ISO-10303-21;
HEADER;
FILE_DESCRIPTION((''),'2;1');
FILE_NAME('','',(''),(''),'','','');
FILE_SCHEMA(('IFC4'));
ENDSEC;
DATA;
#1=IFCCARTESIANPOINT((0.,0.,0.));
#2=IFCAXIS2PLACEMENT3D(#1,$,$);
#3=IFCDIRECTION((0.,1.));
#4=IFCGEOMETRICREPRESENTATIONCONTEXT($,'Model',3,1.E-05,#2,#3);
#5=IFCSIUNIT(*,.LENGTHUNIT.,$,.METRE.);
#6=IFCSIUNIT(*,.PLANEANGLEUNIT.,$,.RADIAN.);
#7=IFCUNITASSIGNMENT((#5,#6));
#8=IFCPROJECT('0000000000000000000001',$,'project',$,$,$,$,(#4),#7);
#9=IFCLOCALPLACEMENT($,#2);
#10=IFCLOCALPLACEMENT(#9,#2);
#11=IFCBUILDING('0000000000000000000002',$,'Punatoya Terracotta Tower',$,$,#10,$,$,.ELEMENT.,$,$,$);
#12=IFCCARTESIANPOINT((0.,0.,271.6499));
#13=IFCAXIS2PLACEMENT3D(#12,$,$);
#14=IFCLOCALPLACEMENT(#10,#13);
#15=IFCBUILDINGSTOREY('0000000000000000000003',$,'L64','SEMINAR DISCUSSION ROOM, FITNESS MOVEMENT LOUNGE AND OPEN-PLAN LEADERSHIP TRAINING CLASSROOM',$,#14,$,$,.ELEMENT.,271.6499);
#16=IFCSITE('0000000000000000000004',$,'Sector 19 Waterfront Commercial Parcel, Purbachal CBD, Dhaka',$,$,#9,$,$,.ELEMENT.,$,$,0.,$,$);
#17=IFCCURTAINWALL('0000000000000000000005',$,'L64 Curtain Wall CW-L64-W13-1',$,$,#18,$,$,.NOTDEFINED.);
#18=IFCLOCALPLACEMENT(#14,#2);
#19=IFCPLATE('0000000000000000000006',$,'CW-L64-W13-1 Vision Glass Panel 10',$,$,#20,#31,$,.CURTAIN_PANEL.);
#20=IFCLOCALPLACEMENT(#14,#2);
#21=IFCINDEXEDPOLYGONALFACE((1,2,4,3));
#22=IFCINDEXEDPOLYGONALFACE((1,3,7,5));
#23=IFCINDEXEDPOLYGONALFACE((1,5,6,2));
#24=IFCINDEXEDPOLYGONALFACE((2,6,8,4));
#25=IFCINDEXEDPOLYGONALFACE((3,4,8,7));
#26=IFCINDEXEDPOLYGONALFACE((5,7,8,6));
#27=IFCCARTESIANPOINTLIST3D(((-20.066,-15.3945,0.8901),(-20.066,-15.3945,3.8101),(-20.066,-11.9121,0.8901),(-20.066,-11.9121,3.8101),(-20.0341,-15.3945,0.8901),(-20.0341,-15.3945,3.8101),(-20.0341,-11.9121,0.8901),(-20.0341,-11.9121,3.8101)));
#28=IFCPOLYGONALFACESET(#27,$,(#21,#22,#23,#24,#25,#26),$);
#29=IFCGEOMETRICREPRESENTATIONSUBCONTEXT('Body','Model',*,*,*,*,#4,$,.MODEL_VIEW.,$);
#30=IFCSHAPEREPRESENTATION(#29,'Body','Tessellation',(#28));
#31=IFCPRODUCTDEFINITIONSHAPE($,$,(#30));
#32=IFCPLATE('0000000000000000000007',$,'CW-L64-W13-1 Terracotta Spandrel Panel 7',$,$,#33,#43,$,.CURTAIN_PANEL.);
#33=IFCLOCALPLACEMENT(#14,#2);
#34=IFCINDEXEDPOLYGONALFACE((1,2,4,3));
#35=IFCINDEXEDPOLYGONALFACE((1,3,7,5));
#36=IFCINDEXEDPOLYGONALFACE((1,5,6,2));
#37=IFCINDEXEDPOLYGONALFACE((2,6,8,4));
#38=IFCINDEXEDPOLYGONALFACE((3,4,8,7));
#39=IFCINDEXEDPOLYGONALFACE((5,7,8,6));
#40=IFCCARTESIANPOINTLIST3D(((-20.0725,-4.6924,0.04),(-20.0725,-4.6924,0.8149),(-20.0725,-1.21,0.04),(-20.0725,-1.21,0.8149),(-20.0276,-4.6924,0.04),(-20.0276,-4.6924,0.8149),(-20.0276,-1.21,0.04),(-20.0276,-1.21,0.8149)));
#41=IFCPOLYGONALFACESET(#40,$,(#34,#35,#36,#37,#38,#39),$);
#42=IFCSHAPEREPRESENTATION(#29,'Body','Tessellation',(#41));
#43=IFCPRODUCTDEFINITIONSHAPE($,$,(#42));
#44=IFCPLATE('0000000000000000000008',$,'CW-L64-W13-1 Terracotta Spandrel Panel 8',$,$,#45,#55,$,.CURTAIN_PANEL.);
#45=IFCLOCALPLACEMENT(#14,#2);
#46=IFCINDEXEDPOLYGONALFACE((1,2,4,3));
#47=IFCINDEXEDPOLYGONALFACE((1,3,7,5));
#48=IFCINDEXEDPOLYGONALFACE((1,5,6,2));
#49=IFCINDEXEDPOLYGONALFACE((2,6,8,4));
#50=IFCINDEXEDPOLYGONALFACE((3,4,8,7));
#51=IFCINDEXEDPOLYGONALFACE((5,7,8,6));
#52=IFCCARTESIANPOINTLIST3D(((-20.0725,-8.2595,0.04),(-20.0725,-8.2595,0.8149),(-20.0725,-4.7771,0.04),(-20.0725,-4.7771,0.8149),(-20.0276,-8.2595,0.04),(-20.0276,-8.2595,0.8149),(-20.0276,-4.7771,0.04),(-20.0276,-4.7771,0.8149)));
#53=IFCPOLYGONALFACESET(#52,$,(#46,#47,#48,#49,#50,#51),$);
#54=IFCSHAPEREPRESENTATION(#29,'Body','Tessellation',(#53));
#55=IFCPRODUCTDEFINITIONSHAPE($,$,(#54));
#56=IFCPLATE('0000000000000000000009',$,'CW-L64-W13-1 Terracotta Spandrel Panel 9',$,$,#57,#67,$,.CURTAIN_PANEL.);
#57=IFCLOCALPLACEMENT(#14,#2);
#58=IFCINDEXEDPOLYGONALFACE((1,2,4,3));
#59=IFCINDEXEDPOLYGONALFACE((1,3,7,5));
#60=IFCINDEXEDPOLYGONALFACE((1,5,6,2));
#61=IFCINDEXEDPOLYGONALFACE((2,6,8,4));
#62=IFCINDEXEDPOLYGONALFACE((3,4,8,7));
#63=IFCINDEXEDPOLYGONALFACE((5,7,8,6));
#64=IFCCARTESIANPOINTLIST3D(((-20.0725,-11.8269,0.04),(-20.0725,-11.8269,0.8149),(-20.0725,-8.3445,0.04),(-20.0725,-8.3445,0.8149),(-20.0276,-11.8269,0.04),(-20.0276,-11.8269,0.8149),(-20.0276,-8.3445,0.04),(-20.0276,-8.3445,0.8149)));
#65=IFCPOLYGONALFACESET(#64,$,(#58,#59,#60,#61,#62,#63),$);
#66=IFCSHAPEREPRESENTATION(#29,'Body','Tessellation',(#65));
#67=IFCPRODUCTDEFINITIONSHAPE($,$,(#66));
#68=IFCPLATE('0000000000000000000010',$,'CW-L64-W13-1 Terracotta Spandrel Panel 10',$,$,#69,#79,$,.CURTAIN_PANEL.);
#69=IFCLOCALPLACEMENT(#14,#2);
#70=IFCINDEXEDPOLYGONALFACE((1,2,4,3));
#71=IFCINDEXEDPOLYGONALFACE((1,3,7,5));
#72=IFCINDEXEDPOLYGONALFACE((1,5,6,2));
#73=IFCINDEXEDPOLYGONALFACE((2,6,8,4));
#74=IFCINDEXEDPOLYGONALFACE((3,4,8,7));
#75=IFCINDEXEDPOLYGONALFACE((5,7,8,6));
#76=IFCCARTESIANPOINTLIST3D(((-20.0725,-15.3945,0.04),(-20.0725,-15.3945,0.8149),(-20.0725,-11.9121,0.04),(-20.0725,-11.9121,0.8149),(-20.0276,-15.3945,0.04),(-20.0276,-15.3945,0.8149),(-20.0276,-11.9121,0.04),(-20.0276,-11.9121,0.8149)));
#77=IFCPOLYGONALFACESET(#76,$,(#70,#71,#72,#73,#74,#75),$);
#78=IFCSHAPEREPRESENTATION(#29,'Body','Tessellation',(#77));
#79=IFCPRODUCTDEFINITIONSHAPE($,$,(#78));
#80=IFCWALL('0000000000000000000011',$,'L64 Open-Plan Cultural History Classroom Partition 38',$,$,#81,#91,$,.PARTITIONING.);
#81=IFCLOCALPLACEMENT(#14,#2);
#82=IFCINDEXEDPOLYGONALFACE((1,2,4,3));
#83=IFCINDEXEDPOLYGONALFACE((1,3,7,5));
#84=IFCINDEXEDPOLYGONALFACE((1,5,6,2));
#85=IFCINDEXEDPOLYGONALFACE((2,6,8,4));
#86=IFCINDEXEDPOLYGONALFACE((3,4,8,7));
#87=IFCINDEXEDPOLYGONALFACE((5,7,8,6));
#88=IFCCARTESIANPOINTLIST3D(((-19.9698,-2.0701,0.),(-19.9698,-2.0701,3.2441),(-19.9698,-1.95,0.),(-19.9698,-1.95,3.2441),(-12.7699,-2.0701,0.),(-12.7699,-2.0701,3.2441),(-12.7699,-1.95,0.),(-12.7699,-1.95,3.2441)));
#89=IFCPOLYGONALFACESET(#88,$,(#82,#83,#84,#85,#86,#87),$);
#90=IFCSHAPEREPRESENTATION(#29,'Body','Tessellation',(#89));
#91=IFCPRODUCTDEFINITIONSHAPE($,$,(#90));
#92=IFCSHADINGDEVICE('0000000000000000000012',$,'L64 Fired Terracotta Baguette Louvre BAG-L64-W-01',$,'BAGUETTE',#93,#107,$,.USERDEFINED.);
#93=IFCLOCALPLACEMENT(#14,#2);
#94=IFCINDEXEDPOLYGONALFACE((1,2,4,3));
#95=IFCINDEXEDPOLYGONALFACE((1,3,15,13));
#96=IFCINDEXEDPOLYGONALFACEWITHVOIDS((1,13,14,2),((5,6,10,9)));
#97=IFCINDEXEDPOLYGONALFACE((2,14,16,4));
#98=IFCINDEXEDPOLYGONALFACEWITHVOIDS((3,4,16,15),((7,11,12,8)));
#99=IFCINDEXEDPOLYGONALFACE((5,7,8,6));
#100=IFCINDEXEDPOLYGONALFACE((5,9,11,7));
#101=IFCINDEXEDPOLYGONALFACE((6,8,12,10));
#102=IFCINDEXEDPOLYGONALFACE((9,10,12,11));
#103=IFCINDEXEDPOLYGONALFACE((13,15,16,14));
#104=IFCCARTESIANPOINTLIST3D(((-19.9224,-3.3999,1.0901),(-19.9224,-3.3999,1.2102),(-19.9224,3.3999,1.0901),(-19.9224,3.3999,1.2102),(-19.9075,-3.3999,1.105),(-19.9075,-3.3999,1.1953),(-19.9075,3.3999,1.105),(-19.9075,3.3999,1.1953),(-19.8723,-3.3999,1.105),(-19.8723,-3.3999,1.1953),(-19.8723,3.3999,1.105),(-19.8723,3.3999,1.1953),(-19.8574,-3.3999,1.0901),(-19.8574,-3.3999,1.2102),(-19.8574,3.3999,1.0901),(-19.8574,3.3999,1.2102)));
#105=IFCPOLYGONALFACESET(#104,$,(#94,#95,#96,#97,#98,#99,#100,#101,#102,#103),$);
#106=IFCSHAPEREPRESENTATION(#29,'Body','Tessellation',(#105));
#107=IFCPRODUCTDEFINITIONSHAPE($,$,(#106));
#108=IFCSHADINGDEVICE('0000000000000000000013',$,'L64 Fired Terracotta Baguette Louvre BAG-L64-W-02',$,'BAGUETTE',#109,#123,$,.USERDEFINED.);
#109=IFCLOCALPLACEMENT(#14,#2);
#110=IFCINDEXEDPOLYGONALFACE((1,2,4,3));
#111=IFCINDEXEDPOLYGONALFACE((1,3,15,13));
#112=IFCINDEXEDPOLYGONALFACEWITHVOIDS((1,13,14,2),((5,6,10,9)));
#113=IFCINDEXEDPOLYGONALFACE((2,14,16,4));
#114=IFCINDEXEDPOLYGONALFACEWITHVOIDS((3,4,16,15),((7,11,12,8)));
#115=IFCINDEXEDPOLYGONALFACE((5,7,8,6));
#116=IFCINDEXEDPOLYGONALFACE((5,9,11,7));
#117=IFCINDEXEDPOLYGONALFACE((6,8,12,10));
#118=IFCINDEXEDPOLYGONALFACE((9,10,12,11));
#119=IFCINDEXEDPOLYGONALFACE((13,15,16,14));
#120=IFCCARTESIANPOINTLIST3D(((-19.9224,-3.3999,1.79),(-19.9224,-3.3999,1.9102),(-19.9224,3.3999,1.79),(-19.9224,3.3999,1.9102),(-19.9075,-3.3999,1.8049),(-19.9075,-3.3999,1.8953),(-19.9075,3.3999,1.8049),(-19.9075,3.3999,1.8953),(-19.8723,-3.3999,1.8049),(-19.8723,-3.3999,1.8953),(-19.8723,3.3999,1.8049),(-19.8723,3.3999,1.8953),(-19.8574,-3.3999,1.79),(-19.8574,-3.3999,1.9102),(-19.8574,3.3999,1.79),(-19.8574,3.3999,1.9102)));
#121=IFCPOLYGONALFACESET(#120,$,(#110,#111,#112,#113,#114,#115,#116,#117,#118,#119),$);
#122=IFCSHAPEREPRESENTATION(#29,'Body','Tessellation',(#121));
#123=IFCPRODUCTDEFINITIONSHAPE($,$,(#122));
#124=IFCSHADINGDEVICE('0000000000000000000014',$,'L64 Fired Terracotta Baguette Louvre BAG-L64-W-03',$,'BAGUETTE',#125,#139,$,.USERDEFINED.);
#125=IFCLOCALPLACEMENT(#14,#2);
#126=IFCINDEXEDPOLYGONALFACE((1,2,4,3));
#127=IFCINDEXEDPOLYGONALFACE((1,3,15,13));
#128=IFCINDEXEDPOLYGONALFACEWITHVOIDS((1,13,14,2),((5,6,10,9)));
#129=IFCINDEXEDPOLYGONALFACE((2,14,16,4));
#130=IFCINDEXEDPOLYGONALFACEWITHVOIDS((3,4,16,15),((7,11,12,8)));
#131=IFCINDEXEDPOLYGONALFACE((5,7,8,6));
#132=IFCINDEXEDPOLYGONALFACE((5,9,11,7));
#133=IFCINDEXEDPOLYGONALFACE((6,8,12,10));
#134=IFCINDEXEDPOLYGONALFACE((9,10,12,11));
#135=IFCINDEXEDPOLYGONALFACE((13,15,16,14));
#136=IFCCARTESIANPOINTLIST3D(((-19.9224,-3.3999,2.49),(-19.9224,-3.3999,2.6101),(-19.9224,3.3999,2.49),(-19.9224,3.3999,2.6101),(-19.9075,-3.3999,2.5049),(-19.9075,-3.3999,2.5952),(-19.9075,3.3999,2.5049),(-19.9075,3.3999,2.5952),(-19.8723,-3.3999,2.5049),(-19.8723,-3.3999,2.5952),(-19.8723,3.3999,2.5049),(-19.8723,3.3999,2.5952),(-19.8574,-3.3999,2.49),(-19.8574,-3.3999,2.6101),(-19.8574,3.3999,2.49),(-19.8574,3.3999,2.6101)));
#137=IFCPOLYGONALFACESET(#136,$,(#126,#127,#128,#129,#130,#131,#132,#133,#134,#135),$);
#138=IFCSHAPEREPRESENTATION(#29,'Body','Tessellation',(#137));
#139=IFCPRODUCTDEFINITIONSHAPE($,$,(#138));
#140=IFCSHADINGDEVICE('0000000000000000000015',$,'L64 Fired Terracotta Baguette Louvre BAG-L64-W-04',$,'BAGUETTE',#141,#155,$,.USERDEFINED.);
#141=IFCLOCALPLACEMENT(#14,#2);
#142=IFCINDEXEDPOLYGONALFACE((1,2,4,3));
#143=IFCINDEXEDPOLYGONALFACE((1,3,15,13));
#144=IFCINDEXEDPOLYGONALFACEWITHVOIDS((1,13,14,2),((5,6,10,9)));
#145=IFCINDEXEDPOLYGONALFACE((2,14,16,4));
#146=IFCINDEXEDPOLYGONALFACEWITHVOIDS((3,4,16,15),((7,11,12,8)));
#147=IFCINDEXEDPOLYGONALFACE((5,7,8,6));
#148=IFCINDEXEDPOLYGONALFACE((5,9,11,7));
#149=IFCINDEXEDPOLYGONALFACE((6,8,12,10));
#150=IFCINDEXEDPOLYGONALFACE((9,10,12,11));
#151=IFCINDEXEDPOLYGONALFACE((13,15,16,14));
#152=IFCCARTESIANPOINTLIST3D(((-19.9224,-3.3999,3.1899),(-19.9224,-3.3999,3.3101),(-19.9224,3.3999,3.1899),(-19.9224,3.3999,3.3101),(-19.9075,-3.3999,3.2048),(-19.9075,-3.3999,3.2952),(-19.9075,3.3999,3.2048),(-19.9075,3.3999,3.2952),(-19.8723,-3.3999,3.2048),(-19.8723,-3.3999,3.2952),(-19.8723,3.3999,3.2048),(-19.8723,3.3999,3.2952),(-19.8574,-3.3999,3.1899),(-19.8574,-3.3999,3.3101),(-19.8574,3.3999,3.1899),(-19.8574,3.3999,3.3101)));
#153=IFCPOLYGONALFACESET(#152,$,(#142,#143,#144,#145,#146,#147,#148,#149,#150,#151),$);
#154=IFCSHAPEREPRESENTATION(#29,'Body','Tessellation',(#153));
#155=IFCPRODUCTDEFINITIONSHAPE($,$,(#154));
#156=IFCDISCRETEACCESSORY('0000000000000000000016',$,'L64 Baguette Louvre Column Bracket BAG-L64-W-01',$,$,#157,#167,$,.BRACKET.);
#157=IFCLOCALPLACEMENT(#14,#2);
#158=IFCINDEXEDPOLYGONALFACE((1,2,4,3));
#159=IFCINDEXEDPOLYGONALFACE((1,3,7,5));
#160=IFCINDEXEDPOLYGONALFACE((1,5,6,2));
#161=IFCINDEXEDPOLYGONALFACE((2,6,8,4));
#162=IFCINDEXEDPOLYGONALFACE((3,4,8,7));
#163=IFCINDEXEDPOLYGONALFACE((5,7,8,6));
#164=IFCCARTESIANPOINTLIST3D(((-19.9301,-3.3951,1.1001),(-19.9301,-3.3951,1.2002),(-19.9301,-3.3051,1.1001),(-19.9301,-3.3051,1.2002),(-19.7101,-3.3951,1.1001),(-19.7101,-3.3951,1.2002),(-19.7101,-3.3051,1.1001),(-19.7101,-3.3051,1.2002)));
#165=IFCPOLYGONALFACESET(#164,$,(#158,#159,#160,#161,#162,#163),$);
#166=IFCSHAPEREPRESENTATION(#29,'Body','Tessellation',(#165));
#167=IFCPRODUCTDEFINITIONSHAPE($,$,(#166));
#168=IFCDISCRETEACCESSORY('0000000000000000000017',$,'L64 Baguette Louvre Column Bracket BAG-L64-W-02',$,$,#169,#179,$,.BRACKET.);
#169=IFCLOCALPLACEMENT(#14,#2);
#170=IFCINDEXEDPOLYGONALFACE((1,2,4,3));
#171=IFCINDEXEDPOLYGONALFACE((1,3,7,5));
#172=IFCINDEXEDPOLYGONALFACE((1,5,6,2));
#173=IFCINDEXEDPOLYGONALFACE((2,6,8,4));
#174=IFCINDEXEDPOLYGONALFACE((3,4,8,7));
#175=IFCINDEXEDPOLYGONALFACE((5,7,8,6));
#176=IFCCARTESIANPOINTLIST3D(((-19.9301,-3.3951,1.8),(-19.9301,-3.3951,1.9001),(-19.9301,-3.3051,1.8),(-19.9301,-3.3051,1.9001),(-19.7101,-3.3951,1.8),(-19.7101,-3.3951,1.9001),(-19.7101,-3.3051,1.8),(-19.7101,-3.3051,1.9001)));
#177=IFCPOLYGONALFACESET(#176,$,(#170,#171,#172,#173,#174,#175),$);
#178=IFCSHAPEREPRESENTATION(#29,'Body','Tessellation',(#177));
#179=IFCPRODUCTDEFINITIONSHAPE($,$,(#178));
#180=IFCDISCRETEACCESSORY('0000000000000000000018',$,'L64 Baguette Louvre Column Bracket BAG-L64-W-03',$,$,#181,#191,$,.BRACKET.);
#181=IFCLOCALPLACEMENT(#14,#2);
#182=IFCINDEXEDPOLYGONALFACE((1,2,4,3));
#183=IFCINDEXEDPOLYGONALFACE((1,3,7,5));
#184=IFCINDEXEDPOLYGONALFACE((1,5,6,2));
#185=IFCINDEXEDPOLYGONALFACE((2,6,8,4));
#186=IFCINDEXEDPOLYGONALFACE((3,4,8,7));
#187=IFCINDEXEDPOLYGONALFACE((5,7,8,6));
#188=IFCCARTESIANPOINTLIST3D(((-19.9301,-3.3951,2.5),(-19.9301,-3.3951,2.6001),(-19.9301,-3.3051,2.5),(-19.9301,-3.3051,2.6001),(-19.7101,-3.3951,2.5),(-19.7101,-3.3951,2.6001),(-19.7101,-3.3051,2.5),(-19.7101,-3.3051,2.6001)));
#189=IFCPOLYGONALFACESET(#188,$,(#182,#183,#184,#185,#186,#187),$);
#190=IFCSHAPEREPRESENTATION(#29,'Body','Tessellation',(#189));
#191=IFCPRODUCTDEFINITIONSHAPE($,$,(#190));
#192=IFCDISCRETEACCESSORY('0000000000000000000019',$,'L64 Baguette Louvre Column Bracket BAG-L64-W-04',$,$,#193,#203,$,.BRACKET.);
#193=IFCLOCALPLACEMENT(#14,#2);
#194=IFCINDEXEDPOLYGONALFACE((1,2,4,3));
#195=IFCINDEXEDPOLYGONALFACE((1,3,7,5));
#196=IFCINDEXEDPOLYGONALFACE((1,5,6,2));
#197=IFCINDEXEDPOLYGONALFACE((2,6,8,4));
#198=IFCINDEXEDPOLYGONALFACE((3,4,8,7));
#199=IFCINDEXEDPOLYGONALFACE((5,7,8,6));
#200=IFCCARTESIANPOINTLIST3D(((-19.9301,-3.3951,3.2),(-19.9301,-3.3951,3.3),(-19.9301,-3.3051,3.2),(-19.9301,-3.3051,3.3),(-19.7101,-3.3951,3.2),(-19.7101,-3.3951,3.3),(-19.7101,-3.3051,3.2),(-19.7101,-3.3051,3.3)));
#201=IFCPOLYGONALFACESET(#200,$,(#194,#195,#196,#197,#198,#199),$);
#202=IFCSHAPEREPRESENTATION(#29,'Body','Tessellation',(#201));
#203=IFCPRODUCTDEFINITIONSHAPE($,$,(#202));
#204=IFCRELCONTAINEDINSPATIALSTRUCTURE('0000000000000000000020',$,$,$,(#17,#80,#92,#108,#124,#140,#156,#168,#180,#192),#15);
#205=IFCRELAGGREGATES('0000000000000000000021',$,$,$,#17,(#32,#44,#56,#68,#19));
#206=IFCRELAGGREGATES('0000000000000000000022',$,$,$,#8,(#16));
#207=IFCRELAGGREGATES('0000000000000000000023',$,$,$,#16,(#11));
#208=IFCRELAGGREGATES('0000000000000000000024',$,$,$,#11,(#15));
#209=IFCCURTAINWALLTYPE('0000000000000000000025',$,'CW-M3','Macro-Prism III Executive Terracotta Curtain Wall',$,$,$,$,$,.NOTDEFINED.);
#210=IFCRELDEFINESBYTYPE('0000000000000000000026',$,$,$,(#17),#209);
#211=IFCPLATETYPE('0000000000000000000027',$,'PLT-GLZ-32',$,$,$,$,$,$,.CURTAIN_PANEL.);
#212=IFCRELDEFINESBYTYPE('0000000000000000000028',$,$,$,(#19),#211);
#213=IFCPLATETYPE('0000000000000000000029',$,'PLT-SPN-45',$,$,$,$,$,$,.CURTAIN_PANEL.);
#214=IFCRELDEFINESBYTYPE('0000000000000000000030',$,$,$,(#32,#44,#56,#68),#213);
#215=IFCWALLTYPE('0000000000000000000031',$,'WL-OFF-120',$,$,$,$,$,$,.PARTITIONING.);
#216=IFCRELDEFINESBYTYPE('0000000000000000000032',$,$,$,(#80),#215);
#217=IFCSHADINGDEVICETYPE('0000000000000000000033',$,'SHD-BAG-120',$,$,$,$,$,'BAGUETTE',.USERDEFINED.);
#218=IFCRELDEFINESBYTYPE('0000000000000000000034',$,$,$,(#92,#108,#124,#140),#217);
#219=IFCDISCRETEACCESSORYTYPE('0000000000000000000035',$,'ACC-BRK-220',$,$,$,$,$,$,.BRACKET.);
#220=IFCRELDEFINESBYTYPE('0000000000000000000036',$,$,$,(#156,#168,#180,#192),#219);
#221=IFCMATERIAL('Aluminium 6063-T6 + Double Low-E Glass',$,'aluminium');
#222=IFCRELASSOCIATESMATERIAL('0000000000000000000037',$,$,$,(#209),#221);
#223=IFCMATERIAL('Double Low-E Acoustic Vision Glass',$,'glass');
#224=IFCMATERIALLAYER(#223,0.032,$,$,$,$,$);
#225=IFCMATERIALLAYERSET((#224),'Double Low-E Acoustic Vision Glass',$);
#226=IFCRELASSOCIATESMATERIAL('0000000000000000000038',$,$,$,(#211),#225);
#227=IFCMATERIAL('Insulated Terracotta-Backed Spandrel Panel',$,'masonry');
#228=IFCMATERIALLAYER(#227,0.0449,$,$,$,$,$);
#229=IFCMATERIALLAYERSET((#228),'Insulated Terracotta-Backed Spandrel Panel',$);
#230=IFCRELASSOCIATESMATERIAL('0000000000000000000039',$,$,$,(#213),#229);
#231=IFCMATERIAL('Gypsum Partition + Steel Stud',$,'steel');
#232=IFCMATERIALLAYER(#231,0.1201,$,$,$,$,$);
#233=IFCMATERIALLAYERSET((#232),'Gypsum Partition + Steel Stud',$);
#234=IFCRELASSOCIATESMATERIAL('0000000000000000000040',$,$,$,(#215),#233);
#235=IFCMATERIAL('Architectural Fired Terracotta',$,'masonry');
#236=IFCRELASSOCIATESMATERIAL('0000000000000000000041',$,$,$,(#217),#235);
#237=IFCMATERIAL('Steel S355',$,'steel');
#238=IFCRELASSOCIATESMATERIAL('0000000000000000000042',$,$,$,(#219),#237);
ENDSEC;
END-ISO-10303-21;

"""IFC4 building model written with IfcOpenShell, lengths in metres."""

from ifc_helpers import new_model, si_unit, direction, frame, frame_2d, origin, origin_2d, place, context, subcontext, project, spatial, rectangle, hollow_rectangle, extrude, material, layer, layer_set, material_profile, profile_set, type_object, element, aggregate, save


model = new_model("IFC4")

# Units and contexts
model_context = context("Model", 3, precision=1e-05, world=origin(), true_north=direction((0.0, 1.0)))
body_context = subcontext(model_context, "Body", "Model", "MODEL_VIEW")
ifc_project = project(units=[si_unit("LENGTHUNIT", "METRE"), si_unit("PLANEANGLEUNIT", "RADIAN")], contexts=[model_context])

# Site, building, storey
site_placement = place(None, origin())
site = spatial("IfcSite", under=ifc_project, at=site_placement, Name="Sector 19 Waterfront Commercial Parcel, Purbachal CBD, Dhaka", CompositionType="ELEMENT", RefElevation=0.0)
building_placement = place(site_placement, origin())
building = spatial("IfcBuilding", under=site, at=building_placement, Name="Punatoya Terracotta Tower", CompositionType="ELEMENT")
storey_placement = place(building_placement, frame((0.0, 0.0, 271.6499)))
storey = spatial("IfcBuildingStorey", under=building, at=storey_placement, Name="L64", Description="SEMINAR DISCUSSION ROOM, FITNESS MOVEMENT LOUNGE AND OPEN-PLAN LEADERSHIP TRAINING CLASSROOM", CompositionType="ELEMENT", Elevation=271.6499)

# Shared definitions
ifc_material_1 = material(Name="Steel S355", Category="steel")

# Curtain wall
ifc_material_2 = material(Name="Aluminium 6063-T6 + Double Low-E Glass", Category="aluminium")
curtain_wall_type = type_object("IfcCurtainWallType", Name="CW-M3", Description="Macro-Prism III Executive Terracotta Curtain Wall", PredefinedType="NOTDEFINED", material=ifc_material_2)
curtain_wall_placement = place(storey_placement, origin())
curtain_wall = element("IfcCurtainWall", 1, at=curtain_wall_placement, inside=storey, type_object=curtain_wall_type, Name="L64 Curtain Wall CW-L64-W13-1", PredefinedType="NOTDEFINED")

# Plates
ifc_material_3 = material(Name="Double Low-E Acoustic Vision Glass", Category="glass")
ifc_layer_1 = layer(ifc_material_3, 0.032)
ifc_layer_set_1 = layer_set([ifc_layer_1], Name="Double Low-E Acoustic Vision Glass")
plate_type_1 = type_object("IfcPlateType", Name="PLT-GLZ-32", PredefinedType="CURTAIN_PANEL", material=ifc_layer_set_1)
plate_1_placement = place(storey_placement, frame((-20.05, -13.6533, 0.8901), z_axis=(0.0, 0.0, 1.0), x_axis=(0.0, -1.0, 0.0)))
plate_1 = element("IfcPlate", 2, at=plate_1_placement, type_object=plate_type_1, Name="CW-L64-W13-1 Vision Glass Panel 10", PredefinedType="CURTAIN_PANEL", context=body_context, shape_type="SweptSolid", body=[
    extrude(rectangle(XDim=3.4824, YDim=0.032, at=origin_2d()), origin(), (0.0, 0.0, 1.0), 2.9199),
])
ifc_material_4 = material(Name="Insulated Terracotta-Backed Spandrel Panel", Category="masonry")
ifc_layer_2 = layer(ifc_material_4, 0.0449)
ifc_layer_set_2 = layer_set([ifc_layer_2], Name="Insulated Terracotta-Backed Spandrel Panel")
plate_type_2 = type_object("IfcPlateType", Name="PLT-SPN-45", PredefinedType="CURTAIN_PANEL", material=ifc_layer_set_2)
plate_2_placement = place(storey_placement, frame((-20.05, -2.9512, 0.04), z_axis=(0.0, 0.0, 1.0), x_axis=(0.0, -1.0, 0.0)))
plate_2 = element("IfcPlate", 3, at=plate_2_placement, type_object=plate_type_2, Name="CW-L64-W13-1 Terracotta Spandrel Panel 7", PredefinedType="CURTAIN_PANEL", context=body_context, shape_type="SweptSolid", body=[
    extrude(rectangle(XDim=3.4824, YDim=0.0449, at=origin_2d()), origin(), (0.0, 0.0, 1.0), 0.7749),
])
plate_3_placement = place(storey_placement, frame((-20.05, -6.5183, 0.04), z_axis=(0.0, 0.0, 1.0), x_axis=(0.0, -1.0, 0.0)))
plate_3 = element("IfcPlate", 4, at=plate_3_placement, type_object=plate_type_2, Name="CW-L64-W13-1 Terracotta Spandrel Panel 8", PredefinedType="CURTAIN_PANEL", context=body_context, shape_type="SweptSolid", body=[
    extrude(rectangle(XDim=3.4824, YDim=0.0449, at=origin_2d()), origin(), (0.0, 0.0, 1.0), 0.7749),
])
plate_4_placement = place(storey_placement, frame((-20.05, -10.0857, 0.04), z_axis=(0.0, 0.0, 1.0), x_axis=(0.0, -1.0, 0.0)))
plate_4 = element("IfcPlate", 5, at=plate_4_placement, type_object=plate_type_2, Name="CW-L64-W13-1 Terracotta Spandrel Panel 9", PredefinedType="CURTAIN_PANEL", context=body_context, shape_type="SweptSolid", body=[
    extrude(rectangle(XDim=3.4824, YDim=0.0449, at=origin_2d()), origin(), (0.0, 0.0, 1.0), 0.7749),
])
plate_5_placement = place(storey_placement, frame((-20.05, -13.6533, 0.04), z_axis=(0.0, 0.0, 1.0), x_axis=(0.0, -1.0, 0.0)))
plate_5 = element("IfcPlate", 6, at=plate_5_placement, type_object=plate_type_2, Name="CW-L64-W13-1 Terracotta Spandrel Panel 10", PredefinedType="CURTAIN_PANEL", context=body_context, shape_type="SweptSolid", body=[
    extrude(rectangle(XDim=3.4824, YDim=0.0449, at=origin_2d()), origin(), (0.0, 0.0, 1.0), 0.7749),
])
aggregate(curtain_wall, [plate_2, plate_3, plate_4, plate_5, plate_1])

# Wall
ifc_material_5 = material(Name="Gypsum Partition + Steel Stud", Category="steel")
ifc_layer_3 = layer(ifc_material_5, 0.1201)
ifc_layer_set_3 = layer_set([ifc_layer_3], Name="Gypsum Partition + Steel Stud")
wall_type = type_object("IfcWallType", Name="WL-OFF-120", PredefinedType="PARTITIONING", material=ifc_layer_set_3)
wall_placement = place(storey_placement, frame((-19.97, -2.01, 0.0), z_axis=(0.0, 0.0, 1.0), x_axis=(1.0, 0.0, 0.0)))
element("IfcWall", 7, at=wall_placement, inside=storey, type_object=wall_type, Name="L64 Open-Plan Cultural History Classroom Partition 38", PredefinedType="PARTITIONING", context=body_context, shape_type="SweptSolid", body=[
    extrude(rectangle(XDim=7.2, YDim=0.1201, at=frame_2d((3.6001, 0.0))), origin(), (0.0, 0.0, 1.0), 3.2441),
])

# Shading devices
ifc_material_6 = material(Name="Architectural Fired Terracotta", Category="masonry")
ifc_material_profile_1 = material_profile(ifc_material_6, hollow_rectangle(XDim=0.0649, YDim=0.1201, WallThickness=0.0149, at=origin_2d()))
ifc_profile_set_1 = profile_set([ifc_material_profile_1], Name="Architectural Fired Terracotta")
shading_device_type = type_object("IfcShadingDeviceType", Name="SHD-BAG-120", ElementType="BAGUETTE", PredefinedType="USERDEFINED", material=ifc_profile_set_1)
for number, where, z_axis, x_axis, name in (
    (8, (-19.8899, -3.3999, 1.1501), (0.0, 1.0, 0.0), (-1.0, 0.0, 0.0), "L64 Fired Terracotta Baguette Louvre BAG-L64-W-01"),
    (9, (-19.8899, -3.3999, 1.8501), (0.0, 1.0, 0.0), (-1.0, 0.0, 0.0), "L64 Fired Terracotta Baguette Louvre BAG-L64-W-02"),
    (10, (-19.8899, -3.3999, 2.55), (0.0, 1.0, 0.0), (-1.0, 0.0, 0.0), "L64 Fired Terracotta Baguette Louvre BAG-L64-W-03"),
    (11, (-19.8899, -3.3999, 3.25), (0.0, 1.0, 0.0), (-1.0, 0.0, 0.0), "L64 Fired Terracotta Baguette Louvre BAG-L64-W-04"),
):
    element("IfcShadingDevice", number, at=place(storey_placement, frame(where, z_axis=z_axis, x_axis=x_axis)), inside=storey, type_object=shading_device_type, Name=name, ObjectType="BAGUETTE", PredefinedType="USERDEFINED", context=body_context, shape_type="SweptSolid", body=[
        extrude(hollow_rectangle(XDim=0.0649, YDim=0.1201, WallThickness=0.0149, at=origin_2d()), origin(), (0.0, 0.0, 1.0), 6.7998),
    ])

# Discrete accessories
discrete_accessory_type = type_object("IfcDiscreteAccessoryType", Name="ACC-BRK-220", PredefinedType="BRACKET", material=ifc_material_1)
for number, where, z_axis, x_axis, name in (
    (12, (-19.8201, -3.3501, 1.1001), (0.0, 0.0, 1.0), (0.0, 1.0, 0.0), "L64 Baguette Louvre Column Bracket BAG-L64-W-01"),
    (13, (-19.8201, -3.3501, 1.8), (0.0, 0.0, 1.0), (0.0, 1.0, 0.0), "L64 Baguette Louvre Column Bracket BAG-L64-W-02"),
    (14, (-19.8201, -3.3501, 2.5), (0.0, 0.0, 1.0), (0.0, 1.0, 0.0), "L64 Baguette Louvre Column Bracket BAG-L64-W-03"),
    (15, (-19.8201, -3.3501, 3.2), (0.0, 0.0, 1.0), (0.0, 1.0, 0.0), "L64 Baguette Louvre Column Bracket BAG-L64-W-04"),
):
    element("IfcDiscreteAccessory", number, at=place(storey_placement, frame(where, z_axis=z_axis, x_axis=x_axis)), inside=storey, type_object=discrete_accessory_type, Name=name, PredefinedType="BRACKET", context=body_context, shape_type="SweptSolid", body=[
        extrude(rectangle(XDim=0.0901, YDim=0.22, at=origin_2d()), origin(), (0.0, 0.0, 1.0), 0.1001),
    ])

save(model, "model.ifc")
